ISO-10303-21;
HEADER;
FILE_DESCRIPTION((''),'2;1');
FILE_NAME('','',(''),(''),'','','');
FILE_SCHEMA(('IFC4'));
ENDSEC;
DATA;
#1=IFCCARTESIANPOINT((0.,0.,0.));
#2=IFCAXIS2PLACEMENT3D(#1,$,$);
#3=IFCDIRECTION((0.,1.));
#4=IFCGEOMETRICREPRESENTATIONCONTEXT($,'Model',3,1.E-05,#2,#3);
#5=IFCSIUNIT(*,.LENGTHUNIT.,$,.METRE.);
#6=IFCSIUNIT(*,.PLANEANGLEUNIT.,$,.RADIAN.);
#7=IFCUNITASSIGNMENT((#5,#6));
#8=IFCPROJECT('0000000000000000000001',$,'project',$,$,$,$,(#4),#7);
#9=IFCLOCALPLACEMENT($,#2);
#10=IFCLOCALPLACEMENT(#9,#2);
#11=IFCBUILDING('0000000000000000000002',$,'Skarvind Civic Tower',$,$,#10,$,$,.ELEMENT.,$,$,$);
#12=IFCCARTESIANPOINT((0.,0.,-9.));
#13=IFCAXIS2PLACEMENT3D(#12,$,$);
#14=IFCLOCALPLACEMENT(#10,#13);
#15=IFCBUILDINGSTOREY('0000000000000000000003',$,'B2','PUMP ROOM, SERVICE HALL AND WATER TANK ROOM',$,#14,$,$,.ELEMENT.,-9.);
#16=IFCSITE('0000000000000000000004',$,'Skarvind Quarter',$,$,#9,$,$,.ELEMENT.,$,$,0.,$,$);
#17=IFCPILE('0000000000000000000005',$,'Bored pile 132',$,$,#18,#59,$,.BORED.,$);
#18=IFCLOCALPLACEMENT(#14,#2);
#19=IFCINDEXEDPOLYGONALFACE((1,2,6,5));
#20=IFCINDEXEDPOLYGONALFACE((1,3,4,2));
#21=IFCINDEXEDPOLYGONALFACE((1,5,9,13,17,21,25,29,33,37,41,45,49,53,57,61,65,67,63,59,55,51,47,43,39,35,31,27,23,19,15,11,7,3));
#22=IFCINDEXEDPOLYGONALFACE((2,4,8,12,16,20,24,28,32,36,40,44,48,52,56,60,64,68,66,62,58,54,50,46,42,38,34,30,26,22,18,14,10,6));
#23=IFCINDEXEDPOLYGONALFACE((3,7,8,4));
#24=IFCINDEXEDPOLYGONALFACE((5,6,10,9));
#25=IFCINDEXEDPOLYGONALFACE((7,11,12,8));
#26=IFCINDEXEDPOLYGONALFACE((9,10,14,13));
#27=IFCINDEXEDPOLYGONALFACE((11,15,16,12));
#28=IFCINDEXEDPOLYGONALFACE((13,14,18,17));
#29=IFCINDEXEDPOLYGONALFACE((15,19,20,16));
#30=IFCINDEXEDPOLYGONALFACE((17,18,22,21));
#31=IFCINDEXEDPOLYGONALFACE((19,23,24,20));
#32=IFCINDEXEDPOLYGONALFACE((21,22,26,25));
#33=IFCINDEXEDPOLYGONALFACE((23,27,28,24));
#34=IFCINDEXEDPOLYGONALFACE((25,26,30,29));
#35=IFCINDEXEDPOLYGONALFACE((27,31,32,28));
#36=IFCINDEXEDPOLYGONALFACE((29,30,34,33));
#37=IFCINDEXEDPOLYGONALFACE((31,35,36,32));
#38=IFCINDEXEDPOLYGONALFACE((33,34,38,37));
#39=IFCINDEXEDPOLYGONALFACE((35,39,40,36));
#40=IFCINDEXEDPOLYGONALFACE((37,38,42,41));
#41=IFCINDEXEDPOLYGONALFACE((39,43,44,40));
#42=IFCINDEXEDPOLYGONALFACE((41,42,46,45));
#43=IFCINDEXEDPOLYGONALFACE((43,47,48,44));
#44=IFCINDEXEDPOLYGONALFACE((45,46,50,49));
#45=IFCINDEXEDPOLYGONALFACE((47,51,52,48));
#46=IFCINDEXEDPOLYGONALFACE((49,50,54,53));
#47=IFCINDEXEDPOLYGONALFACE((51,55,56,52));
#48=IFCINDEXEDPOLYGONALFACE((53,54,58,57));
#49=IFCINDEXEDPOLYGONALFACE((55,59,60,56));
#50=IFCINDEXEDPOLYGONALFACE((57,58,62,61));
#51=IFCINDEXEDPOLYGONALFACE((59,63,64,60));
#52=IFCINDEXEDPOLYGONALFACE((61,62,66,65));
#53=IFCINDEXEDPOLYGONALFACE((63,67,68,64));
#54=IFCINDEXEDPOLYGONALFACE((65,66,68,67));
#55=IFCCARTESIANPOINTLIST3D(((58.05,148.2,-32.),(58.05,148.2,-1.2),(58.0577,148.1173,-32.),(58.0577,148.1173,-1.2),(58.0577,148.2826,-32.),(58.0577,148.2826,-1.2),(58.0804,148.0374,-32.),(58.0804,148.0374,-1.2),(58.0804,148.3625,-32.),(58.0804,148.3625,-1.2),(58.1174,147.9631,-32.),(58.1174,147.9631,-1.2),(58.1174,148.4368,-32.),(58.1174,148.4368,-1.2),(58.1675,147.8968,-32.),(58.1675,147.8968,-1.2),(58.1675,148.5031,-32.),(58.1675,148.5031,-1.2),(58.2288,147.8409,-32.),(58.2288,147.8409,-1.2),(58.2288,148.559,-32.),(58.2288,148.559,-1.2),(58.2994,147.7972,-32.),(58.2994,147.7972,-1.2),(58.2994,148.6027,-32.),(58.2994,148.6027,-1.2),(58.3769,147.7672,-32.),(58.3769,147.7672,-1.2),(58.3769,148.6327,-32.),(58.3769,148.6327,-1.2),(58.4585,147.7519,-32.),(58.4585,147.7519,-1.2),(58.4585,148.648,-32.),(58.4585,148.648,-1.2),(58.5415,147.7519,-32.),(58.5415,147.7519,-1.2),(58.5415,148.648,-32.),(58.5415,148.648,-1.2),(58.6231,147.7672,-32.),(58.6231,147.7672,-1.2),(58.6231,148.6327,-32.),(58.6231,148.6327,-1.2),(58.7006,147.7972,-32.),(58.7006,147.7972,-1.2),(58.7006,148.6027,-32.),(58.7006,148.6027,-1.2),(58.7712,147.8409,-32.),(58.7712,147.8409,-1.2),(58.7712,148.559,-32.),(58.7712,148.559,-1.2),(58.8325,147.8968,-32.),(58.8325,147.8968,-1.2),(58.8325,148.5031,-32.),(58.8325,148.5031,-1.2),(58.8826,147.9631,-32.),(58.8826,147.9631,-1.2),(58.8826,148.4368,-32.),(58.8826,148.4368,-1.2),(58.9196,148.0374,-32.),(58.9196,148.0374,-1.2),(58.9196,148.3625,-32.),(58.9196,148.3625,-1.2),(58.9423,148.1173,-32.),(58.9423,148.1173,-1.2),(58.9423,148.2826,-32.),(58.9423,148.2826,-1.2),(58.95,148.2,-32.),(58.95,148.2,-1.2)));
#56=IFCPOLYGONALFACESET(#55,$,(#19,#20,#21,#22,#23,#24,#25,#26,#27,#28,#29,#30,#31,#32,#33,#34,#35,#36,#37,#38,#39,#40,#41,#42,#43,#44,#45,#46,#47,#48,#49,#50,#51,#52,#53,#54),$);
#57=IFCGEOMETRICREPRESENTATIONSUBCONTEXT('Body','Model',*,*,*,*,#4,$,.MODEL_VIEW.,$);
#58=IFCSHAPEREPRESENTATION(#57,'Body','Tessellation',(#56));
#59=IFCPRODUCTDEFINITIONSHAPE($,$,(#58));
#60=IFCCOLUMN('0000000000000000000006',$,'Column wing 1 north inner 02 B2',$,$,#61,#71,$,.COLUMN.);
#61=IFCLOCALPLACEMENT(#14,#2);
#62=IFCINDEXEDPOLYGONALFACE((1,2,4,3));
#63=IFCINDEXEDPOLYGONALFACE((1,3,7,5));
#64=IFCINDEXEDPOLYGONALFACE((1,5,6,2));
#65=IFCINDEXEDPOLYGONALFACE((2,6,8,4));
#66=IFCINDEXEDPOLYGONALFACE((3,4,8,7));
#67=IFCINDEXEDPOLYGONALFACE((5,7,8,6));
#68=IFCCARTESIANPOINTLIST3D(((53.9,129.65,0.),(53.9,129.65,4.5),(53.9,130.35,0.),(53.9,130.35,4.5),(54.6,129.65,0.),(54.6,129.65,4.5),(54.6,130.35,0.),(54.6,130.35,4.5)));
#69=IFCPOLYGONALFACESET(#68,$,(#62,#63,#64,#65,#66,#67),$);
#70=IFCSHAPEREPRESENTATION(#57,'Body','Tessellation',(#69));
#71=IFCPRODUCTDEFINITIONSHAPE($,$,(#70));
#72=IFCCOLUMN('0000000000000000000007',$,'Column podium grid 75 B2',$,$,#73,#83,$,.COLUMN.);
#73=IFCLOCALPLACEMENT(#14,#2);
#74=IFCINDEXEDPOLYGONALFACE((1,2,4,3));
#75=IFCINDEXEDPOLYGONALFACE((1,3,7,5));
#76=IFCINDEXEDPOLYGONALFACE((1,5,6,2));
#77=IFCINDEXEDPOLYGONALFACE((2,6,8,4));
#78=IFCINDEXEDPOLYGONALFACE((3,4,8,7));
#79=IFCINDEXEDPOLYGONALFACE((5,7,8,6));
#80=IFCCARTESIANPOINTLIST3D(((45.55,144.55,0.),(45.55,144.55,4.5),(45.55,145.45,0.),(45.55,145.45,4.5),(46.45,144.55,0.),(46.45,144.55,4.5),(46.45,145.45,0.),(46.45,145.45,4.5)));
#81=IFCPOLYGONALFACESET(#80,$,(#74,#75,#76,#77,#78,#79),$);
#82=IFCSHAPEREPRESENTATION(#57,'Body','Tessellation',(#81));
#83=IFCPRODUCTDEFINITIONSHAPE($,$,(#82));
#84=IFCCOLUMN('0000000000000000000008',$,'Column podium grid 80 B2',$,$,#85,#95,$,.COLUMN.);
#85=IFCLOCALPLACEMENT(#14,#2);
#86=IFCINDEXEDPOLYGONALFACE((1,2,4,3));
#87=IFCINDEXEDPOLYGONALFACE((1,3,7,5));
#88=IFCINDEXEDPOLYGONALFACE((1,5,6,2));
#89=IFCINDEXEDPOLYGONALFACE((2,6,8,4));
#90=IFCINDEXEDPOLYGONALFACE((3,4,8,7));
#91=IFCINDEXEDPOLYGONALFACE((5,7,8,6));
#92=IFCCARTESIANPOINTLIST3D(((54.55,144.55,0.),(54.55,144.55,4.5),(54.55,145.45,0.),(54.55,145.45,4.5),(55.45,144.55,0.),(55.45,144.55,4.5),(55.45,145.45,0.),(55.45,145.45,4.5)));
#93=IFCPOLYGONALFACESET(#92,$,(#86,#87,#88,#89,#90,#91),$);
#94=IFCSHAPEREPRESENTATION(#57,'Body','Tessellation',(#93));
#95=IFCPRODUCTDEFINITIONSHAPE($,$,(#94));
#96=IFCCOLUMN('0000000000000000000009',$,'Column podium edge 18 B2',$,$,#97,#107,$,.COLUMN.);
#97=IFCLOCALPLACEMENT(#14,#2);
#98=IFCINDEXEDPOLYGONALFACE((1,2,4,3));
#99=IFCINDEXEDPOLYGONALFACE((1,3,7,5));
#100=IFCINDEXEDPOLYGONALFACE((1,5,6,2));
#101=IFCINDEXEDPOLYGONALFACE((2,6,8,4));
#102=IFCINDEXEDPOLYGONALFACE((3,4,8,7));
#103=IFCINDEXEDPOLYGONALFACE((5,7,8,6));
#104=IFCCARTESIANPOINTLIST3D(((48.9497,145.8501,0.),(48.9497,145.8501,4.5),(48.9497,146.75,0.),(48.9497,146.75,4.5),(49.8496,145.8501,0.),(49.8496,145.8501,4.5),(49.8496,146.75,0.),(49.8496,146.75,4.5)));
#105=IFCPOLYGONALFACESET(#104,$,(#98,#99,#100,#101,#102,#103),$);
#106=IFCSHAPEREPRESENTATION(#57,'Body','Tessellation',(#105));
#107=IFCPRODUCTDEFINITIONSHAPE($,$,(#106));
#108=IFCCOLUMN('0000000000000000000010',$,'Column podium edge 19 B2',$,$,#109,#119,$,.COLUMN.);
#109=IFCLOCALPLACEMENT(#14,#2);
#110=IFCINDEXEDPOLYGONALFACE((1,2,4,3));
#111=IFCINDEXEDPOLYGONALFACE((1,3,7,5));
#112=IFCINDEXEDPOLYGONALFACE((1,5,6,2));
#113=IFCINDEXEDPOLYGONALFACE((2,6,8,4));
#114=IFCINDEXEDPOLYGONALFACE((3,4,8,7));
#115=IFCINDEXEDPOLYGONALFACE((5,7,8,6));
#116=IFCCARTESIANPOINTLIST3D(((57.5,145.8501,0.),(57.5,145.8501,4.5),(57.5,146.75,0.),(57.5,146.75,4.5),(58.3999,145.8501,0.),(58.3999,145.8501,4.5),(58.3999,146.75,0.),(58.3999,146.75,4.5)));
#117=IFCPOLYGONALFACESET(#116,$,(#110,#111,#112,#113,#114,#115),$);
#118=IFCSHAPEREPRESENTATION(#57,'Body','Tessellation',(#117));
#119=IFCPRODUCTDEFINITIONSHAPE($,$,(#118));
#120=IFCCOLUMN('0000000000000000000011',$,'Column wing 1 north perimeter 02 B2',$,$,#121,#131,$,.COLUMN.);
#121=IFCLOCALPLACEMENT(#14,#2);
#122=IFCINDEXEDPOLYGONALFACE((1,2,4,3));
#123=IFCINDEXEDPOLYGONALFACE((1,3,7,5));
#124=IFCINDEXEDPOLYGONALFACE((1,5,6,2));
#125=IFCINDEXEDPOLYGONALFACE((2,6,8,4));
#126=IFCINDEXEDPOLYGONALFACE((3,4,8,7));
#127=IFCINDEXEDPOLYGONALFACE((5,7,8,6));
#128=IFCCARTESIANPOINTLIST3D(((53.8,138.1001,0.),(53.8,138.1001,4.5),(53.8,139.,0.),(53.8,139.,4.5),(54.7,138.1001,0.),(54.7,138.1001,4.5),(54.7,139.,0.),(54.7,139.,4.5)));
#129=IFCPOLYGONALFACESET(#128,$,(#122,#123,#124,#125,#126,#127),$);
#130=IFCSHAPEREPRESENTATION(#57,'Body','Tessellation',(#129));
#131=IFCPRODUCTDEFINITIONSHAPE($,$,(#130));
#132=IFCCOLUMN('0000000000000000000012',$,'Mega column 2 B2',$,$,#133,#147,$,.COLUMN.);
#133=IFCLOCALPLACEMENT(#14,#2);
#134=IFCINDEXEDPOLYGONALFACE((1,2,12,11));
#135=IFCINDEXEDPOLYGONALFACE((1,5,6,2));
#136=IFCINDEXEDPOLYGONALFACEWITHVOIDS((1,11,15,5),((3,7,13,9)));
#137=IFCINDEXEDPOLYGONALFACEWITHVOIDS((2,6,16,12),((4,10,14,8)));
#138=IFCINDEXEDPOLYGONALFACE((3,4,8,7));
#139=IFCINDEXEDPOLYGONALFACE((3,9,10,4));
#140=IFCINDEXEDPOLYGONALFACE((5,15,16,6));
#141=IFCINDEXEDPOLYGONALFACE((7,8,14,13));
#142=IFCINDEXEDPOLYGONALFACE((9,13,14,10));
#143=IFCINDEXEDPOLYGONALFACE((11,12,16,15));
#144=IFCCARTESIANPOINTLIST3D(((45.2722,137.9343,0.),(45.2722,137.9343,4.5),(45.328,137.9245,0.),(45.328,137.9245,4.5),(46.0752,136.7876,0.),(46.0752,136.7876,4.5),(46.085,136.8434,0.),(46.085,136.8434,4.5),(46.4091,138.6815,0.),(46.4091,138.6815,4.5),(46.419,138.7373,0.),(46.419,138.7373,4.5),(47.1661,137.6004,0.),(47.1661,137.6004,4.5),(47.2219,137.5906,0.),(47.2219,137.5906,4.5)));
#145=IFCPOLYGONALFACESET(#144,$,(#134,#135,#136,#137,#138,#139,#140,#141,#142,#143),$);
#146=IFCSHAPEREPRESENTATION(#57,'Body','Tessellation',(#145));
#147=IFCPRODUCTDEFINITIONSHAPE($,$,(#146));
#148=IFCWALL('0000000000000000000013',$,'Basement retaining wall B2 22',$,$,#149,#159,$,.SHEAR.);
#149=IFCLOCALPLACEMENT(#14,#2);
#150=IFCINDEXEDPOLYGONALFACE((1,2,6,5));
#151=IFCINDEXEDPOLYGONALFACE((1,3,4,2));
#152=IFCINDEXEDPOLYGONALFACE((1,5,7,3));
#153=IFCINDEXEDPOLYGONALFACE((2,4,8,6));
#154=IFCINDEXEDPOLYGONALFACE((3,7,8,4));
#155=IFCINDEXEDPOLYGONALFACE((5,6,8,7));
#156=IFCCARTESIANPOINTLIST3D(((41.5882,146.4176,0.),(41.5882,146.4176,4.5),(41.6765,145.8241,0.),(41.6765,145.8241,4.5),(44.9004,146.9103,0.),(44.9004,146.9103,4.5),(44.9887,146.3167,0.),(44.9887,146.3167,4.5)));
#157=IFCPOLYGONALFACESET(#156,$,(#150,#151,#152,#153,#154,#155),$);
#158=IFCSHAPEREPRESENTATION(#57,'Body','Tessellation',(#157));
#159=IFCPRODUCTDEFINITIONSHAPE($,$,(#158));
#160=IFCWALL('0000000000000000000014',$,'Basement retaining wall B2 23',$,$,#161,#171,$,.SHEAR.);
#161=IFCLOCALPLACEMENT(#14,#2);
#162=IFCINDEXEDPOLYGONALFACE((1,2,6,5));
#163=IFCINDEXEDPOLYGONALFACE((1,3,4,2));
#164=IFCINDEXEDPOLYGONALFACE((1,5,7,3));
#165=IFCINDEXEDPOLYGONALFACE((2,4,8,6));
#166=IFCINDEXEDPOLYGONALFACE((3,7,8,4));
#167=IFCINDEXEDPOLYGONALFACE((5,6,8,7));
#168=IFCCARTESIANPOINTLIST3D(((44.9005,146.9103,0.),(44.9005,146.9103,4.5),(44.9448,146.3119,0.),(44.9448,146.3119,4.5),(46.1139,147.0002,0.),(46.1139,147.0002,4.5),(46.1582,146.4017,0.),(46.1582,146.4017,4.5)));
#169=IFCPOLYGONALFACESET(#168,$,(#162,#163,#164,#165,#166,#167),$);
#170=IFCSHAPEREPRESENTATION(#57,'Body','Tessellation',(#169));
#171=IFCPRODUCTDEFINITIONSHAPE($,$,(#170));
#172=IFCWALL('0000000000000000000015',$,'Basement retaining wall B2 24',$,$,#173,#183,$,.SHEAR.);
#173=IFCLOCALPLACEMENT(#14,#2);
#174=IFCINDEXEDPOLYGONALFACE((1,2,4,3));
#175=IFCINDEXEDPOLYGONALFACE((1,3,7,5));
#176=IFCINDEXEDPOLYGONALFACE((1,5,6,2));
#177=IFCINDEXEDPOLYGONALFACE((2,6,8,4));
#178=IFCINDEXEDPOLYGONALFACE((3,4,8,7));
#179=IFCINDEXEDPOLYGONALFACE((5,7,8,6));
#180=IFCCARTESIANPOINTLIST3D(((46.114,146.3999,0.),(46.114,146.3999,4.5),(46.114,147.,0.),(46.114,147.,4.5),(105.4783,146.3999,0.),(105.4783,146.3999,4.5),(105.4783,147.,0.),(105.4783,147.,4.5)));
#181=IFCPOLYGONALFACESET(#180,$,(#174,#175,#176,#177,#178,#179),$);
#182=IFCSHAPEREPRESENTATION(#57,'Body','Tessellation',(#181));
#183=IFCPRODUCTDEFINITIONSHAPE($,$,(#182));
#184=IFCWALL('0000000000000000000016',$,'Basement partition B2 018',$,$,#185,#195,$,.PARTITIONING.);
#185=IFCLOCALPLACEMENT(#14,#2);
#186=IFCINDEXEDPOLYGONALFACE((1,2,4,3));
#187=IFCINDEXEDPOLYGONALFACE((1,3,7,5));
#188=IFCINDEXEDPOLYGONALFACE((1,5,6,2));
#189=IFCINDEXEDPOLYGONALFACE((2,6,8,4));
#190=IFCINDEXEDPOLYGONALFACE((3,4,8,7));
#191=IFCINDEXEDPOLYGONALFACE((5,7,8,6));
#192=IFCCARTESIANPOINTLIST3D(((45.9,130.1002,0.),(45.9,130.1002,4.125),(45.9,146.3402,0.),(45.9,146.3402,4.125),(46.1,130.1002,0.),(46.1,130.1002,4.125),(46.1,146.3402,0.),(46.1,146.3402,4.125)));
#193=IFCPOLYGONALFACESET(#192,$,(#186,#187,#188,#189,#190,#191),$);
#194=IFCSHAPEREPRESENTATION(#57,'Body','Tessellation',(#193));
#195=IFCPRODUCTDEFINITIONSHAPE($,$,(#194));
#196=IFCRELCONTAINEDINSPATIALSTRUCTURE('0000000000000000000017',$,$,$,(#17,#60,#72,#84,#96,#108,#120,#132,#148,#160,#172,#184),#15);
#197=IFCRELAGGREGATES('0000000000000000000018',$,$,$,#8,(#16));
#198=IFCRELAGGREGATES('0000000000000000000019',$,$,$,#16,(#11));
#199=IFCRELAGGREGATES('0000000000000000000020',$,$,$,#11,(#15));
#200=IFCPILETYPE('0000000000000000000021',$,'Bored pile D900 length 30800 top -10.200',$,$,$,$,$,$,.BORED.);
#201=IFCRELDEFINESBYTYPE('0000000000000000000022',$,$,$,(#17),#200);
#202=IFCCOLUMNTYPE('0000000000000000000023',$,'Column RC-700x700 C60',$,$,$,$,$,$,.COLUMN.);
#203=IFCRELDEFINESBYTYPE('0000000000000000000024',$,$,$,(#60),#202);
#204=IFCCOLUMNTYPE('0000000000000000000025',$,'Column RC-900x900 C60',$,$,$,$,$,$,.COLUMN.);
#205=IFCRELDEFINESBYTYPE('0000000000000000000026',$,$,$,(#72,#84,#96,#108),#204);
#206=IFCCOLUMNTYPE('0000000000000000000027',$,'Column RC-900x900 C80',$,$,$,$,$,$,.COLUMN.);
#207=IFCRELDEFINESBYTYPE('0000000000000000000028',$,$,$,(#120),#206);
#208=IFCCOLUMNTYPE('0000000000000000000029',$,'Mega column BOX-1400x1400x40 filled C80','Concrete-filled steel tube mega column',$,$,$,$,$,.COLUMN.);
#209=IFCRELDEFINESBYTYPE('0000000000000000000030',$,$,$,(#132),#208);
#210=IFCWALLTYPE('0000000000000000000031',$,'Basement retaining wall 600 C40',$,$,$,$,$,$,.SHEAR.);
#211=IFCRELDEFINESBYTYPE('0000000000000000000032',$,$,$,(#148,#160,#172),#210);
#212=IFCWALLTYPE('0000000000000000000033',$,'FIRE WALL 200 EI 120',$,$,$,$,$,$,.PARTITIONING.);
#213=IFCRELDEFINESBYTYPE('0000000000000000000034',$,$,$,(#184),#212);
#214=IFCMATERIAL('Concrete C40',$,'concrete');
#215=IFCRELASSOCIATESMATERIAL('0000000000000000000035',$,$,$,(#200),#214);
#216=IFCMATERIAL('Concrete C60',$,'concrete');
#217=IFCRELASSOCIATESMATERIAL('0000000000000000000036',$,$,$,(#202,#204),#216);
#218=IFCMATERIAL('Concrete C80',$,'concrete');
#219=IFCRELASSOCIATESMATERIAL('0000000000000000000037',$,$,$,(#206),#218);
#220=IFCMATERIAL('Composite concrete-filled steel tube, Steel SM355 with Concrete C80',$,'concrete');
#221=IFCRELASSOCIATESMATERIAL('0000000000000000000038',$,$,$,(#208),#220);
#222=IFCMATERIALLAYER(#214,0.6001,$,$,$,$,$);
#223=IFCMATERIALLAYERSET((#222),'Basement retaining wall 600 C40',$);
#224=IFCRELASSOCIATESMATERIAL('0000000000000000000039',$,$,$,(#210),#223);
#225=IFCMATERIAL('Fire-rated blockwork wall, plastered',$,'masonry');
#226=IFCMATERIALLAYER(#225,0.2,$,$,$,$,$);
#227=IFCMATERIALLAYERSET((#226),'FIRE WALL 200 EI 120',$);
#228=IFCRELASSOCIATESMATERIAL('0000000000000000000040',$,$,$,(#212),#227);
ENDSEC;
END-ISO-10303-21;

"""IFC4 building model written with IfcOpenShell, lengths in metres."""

from ifc_helpers import new_model, si_unit, direction, frame, frame_2d, origin, origin_2d, place, context, subcontext, project, spatial, rectangle, hollow_rectangle, circle, extrude, material, layer, layer_set, material_profile, profile_set, type_object, element, save


model = new_model("IFC4")

# Units and contexts
model_context = context("Model", 3, precision=1e-05, world=origin(), true_north=direction((0.0, 1.0)))
body_context = subcontext(model_context, "Body", "Model", "MODEL_VIEW")
ifc_project = project(units=[si_unit("LENGTHUNIT", "METRE"), si_unit("PLANEANGLEUNIT", "RADIAN")], contexts=[model_context])

# Site, building, storey
site_placement = place(None, origin())
site = spatial("IfcSite", under=ifc_project, at=site_placement, Name="Skarvind Quarter", CompositionType="ELEMENT", RefElevation=0.0)
building_placement = place(site_placement, origin())
building = spatial("IfcBuilding", under=site, at=building_placement, Name="Skarvind Civic Tower", CompositionType="ELEMENT")
storey_placement = place(building_placement, frame((0.0, 0.0, -9.0)))
storey = spatial("IfcBuildingStorey", under=building, at=storey_placement, Name="B2", Description="PUMP ROOM, SERVICE HALL AND WATER TANK ROOM", CompositionType="ELEMENT", Elevation=-9.0)

# Pile
ifc_material_1 = material(Name="Concrete C40", Category="concrete")
pile_type_1 = type_object("IfcPileType", Name="Bored pile D900 length 30800 top -10.200", PredefinedType="BORED", material=ifc_material_1)
for number, where, z_axis, x_axis, name in (
    (1, (58.5, 148.2, -1.2), (0.0, 0.0, -1.0), (1.0, 0.0, 0.0), "Bored pile 132"),
):
    element("IfcPile", number, at=place(storey_placement, frame(where, z_axis=z_axis, x_axis=x_axis)), inside=storey, type_object=pile_type_1, Name=name, PredefinedType="BORED", context=body_context, shape_type="SweptSolid", body=[
        extrude(circle(Radius=0.45, at=origin_2d()), origin(), (0.0, 0.0, 1.0), 30.8),
    ])

# Columns
ifc_material_2 = material(Name="Concrete C60", Category="concrete")
ifc_material_profile_1 = material_profile(ifc_material_2, rectangle(XDim=0.7, YDim=0.7, at=origin_2d()), Name="RC-700x700")
ifc_profile_set_1 = profile_set([ifc_material_profile_1], Name="Concrete C60")
column_type_1 = type_object("IfcColumnType", Name="Column RC-700x700 C60", PredefinedType="COLUMN", material=ifc_profile_set_1)
column_1_placement = place(storey_placement, frame((54.25, 130.0, 0.0), z_axis=(0.0, 0.0, 1.0), x_axis=(1.0, 0.0, 0.0)))
element("IfcColumn", 2, at=column_1_placement, inside=storey, type_object=column_type_1, Name="Column wing 1 north inner 02 B2", PredefinedType="COLUMN", context=body_context, shape_type="SweptSolid", body=[
    extrude(rectangle(XDim=0.7, YDim=0.7, at=origin_2d()), origin(), (0.0, 0.0, 1.0), 4.5),
])
ifc_material_profile_2 = material_profile(ifc_material_2, rectangle(XDim=0.8999, YDim=0.8999, at=origin_2d()), Name="RC-900x900")
ifc_profile_set_2 = profile_set([ifc_material_profile_2], Name="Concrete C60")
column_type_2 = type_object("IfcColumnType", Name="Column RC-900x900 C60", PredefinedType="COLUMN", material=ifc_profile_set_2)
for number, where, z_axis, x_axis, name in (
    (3, (46.0, 145.0, 0.0), (0.0, 0.0, 1.0), (1.0, 0.0, 0.0), "Column podium grid 75 B2"),
    (4, (55.0, 145.0, 0.0), (0.0, 0.0, 1.0), (1.0, 0.0, 0.0), "Column podium grid 80 B2"),
    (5, (49.3997, 146.3, 0.0), (0.0, 0.0, 1.0), (1.0, 0.0, 0.0), "Column podium edge 18 B2"),
    (6, (57.95, 146.3, 0.0), (0.0, 0.0, 1.0), (1.0, 0.0, 0.0), "Column podium edge 19 B2"),
):
    element("IfcColumn", number, at=place(storey_placement, frame(where, z_axis=z_axis, x_axis=x_axis)), inside=storey, type_object=column_type_2, Name=name, PredefinedType="COLUMN", context=body_context, shape_type="SweptSolid", body=[
        extrude(rectangle(XDim=0.8999, YDim=0.8999, at=origin_2d()), origin(), (0.0, 0.0, 1.0), 4.5),
    ])
ifc_material_3 = material(Name="Concrete C80", Category="concrete")
ifc_material_profile_3 = material_profile(ifc_material_3, rectangle(XDim=0.8999, YDim=0.8999, at=origin_2d()), Name="RC-900x900")
ifc_profile_set_3 = profile_set([ifc_material_profile_3], Name="Concrete C80")
column_type_3 = type_object("IfcColumnType", Name="Column RC-900x900 C80", PredefinedType="COLUMN", material=ifc_profile_set_3)
column_2_placement = place(storey_placement, frame((54.25, 138.55, 0.0), z_axis=(0.0, 0.0, 1.0), x_axis=(1.0, 0.0, 0.0)))
element("IfcColumn", 7, at=column_2_placement, inside=storey, type_object=column_type_3, Name="Column wing 1 north perimeter 02 B2", PredefinedType="COLUMN", context=body_context, shape_type="SweptSolid", body=[
    extrude(rectangle(XDim=0.8999, YDim=0.8999, at=origin_2d()), origin(), (0.0, 0.0, 1.0), 4.5),
])
ifc_material_4 = material(Name="Composite concrete-filled steel tube, Steel SM355 with Concrete C80", Category="concrete")
ifc_material_profile_4 = material_profile(ifc_material_4, hollow_rectangle(XDim=1.3999, YDim=1.3999, WallThickness=0.04, at=origin_2d()), Name="BOX-1400x1400x40")
ifc_profile_set_4 = profile_set([ifc_material_profile_4], Name="Composite concrete-filled steel tube, Steel SM355 with Concrete C80")
column_type_4 = type_object("IfcColumnType", Name="Mega column BOX-1400x1400x40 filled C80", Description="Concrete-filled steel tube mega column", PredefinedType="COLUMN", material=ifc_profile_set_4)
column_3_placement = place(storey_placement, frame((46.2471, 137.7625, 0.0), z_axis=(0.0, 0.0, 1.0), x_axis=(0.573576, -0.819152, 0.0)))
element("IfcColumn", 8, at=column_3_placement, inside=storey, type_object=column_type_4, Name="Mega column 2 B2", PredefinedType="COLUMN", context=body_context, shape_type="SweptSolid", body=[
    extrude(hollow_rectangle(XDim=1.3999, YDim=1.3999, WallThickness=0.04, at=origin_2d()), origin(), (0.0, 0.0, 1.0), 4.5),
])

# Walls
ifc_layer_1 = layer(ifc_material_1, 0.6001)
ifc_layer_set_1 = layer_set([ifc_layer_1], Name="Basement retaining wall 600 C40")
wall_type_1 = type_object("IfcWallType", Name="Basement retaining wall 600 C40", PredefinedType="SHEAR", material=ifc_layer_set_1)
wall_1_placement = place(storey_placement, frame((41.6323, 146.1208, 0.0), z_axis=(0.0, 0.0, 1.0), x_axis=(0.989118, 0.147125, 0.0)))
element("IfcWall", 9, at=wall_1_placement, inside=storey, type_object=wall_type_1, Name="Basement retaining wall B2 22", PredefinedType="SHEAR", context=body_context, shape_type="SweptSolid", body=[
    extrude(rectangle(XDim=3.3486, YDim=0.6001, at=frame_2d((1.6743, 0.0))), origin(), (0.0, 0.0, 1.0), 4.5),
])
wall_2_placement = place(storey_placement, frame((44.9226, 146.6111, 0.0), z_axis=(0.0, 0.0, 1.0), x_axis=(0.99727, 0.073842, 0.0)))
element("IfcWall", 10, at=wall_2_placement, inside=storey, type_object=wall_type_1, Name="Basement retaining wall B2 23", PredefinedType="SHEAR", context=body_context, shape_type="SweptSolid", body=[
    extrude(rectangle(XDim=1.2168, YDim=0.6001, at=frame_2d((0.6084, 0.0))), origin(), (0.0, 0.0, 1.0), 4.5),
])
wall_3_placement = place(storey_placement, frame((46.114, 146.7, 0.0), z_axis=(0.0, 0.0, 1.0), x_axis=(1.0, 0.0, 0.0)))
element("IfcWall", 11, at=wall_3_placement, inside=storey, type_object=wall_type_1, Name="Basement retaining wall B2 24", PredefinedType="SHEAR", context=body_context, shape_type="SweptSolid", body=[
    extrude(rectangle(XDim=59.3643, YDim=0.6001, at=frame_2d((29.6821, 0.0))), origin(), (0.0, 0.0, 1.0), 4.5),
])
ifc_material_5 = material(Name="Fire-rated blockwork wall, plastered", Category="masonry")
ifc_layer_2 = layer(ifc_material_5, 0.2)
ifc_layer_set_2 = layer_set([ifc_layer_2], Name="FIRE WALL 200 EI 120")
wall_type_2 = type_object("IfcWallType", Name="FIRE WALL 200 EI 120", PredefinedType="PARTITIONING", material=ifc_layer_set_2)
wall_4_placement = place(storey_placement, frame((46.0, 130.1001, 0.0), z_axis=(0.0, 0.0, 1.0), x_axis=(0.0, 1.0, 0.0)))
element("IfcWall", 12, at=wall_4_placement, inside=storey, type_object=wall_type_2, Name="Basement partition B2 018", PredefinedType="PARTITIONING", context=body_context, shape_type="SweptSolid", body=[
    extrude(rectangle(XDim=16.24, YDim=0.2, at=frame_2d((8.1201, 0.0))), origin(), (0.0, 0.0, 1.0), 4.125),
])

save(model, "model.ifc")
